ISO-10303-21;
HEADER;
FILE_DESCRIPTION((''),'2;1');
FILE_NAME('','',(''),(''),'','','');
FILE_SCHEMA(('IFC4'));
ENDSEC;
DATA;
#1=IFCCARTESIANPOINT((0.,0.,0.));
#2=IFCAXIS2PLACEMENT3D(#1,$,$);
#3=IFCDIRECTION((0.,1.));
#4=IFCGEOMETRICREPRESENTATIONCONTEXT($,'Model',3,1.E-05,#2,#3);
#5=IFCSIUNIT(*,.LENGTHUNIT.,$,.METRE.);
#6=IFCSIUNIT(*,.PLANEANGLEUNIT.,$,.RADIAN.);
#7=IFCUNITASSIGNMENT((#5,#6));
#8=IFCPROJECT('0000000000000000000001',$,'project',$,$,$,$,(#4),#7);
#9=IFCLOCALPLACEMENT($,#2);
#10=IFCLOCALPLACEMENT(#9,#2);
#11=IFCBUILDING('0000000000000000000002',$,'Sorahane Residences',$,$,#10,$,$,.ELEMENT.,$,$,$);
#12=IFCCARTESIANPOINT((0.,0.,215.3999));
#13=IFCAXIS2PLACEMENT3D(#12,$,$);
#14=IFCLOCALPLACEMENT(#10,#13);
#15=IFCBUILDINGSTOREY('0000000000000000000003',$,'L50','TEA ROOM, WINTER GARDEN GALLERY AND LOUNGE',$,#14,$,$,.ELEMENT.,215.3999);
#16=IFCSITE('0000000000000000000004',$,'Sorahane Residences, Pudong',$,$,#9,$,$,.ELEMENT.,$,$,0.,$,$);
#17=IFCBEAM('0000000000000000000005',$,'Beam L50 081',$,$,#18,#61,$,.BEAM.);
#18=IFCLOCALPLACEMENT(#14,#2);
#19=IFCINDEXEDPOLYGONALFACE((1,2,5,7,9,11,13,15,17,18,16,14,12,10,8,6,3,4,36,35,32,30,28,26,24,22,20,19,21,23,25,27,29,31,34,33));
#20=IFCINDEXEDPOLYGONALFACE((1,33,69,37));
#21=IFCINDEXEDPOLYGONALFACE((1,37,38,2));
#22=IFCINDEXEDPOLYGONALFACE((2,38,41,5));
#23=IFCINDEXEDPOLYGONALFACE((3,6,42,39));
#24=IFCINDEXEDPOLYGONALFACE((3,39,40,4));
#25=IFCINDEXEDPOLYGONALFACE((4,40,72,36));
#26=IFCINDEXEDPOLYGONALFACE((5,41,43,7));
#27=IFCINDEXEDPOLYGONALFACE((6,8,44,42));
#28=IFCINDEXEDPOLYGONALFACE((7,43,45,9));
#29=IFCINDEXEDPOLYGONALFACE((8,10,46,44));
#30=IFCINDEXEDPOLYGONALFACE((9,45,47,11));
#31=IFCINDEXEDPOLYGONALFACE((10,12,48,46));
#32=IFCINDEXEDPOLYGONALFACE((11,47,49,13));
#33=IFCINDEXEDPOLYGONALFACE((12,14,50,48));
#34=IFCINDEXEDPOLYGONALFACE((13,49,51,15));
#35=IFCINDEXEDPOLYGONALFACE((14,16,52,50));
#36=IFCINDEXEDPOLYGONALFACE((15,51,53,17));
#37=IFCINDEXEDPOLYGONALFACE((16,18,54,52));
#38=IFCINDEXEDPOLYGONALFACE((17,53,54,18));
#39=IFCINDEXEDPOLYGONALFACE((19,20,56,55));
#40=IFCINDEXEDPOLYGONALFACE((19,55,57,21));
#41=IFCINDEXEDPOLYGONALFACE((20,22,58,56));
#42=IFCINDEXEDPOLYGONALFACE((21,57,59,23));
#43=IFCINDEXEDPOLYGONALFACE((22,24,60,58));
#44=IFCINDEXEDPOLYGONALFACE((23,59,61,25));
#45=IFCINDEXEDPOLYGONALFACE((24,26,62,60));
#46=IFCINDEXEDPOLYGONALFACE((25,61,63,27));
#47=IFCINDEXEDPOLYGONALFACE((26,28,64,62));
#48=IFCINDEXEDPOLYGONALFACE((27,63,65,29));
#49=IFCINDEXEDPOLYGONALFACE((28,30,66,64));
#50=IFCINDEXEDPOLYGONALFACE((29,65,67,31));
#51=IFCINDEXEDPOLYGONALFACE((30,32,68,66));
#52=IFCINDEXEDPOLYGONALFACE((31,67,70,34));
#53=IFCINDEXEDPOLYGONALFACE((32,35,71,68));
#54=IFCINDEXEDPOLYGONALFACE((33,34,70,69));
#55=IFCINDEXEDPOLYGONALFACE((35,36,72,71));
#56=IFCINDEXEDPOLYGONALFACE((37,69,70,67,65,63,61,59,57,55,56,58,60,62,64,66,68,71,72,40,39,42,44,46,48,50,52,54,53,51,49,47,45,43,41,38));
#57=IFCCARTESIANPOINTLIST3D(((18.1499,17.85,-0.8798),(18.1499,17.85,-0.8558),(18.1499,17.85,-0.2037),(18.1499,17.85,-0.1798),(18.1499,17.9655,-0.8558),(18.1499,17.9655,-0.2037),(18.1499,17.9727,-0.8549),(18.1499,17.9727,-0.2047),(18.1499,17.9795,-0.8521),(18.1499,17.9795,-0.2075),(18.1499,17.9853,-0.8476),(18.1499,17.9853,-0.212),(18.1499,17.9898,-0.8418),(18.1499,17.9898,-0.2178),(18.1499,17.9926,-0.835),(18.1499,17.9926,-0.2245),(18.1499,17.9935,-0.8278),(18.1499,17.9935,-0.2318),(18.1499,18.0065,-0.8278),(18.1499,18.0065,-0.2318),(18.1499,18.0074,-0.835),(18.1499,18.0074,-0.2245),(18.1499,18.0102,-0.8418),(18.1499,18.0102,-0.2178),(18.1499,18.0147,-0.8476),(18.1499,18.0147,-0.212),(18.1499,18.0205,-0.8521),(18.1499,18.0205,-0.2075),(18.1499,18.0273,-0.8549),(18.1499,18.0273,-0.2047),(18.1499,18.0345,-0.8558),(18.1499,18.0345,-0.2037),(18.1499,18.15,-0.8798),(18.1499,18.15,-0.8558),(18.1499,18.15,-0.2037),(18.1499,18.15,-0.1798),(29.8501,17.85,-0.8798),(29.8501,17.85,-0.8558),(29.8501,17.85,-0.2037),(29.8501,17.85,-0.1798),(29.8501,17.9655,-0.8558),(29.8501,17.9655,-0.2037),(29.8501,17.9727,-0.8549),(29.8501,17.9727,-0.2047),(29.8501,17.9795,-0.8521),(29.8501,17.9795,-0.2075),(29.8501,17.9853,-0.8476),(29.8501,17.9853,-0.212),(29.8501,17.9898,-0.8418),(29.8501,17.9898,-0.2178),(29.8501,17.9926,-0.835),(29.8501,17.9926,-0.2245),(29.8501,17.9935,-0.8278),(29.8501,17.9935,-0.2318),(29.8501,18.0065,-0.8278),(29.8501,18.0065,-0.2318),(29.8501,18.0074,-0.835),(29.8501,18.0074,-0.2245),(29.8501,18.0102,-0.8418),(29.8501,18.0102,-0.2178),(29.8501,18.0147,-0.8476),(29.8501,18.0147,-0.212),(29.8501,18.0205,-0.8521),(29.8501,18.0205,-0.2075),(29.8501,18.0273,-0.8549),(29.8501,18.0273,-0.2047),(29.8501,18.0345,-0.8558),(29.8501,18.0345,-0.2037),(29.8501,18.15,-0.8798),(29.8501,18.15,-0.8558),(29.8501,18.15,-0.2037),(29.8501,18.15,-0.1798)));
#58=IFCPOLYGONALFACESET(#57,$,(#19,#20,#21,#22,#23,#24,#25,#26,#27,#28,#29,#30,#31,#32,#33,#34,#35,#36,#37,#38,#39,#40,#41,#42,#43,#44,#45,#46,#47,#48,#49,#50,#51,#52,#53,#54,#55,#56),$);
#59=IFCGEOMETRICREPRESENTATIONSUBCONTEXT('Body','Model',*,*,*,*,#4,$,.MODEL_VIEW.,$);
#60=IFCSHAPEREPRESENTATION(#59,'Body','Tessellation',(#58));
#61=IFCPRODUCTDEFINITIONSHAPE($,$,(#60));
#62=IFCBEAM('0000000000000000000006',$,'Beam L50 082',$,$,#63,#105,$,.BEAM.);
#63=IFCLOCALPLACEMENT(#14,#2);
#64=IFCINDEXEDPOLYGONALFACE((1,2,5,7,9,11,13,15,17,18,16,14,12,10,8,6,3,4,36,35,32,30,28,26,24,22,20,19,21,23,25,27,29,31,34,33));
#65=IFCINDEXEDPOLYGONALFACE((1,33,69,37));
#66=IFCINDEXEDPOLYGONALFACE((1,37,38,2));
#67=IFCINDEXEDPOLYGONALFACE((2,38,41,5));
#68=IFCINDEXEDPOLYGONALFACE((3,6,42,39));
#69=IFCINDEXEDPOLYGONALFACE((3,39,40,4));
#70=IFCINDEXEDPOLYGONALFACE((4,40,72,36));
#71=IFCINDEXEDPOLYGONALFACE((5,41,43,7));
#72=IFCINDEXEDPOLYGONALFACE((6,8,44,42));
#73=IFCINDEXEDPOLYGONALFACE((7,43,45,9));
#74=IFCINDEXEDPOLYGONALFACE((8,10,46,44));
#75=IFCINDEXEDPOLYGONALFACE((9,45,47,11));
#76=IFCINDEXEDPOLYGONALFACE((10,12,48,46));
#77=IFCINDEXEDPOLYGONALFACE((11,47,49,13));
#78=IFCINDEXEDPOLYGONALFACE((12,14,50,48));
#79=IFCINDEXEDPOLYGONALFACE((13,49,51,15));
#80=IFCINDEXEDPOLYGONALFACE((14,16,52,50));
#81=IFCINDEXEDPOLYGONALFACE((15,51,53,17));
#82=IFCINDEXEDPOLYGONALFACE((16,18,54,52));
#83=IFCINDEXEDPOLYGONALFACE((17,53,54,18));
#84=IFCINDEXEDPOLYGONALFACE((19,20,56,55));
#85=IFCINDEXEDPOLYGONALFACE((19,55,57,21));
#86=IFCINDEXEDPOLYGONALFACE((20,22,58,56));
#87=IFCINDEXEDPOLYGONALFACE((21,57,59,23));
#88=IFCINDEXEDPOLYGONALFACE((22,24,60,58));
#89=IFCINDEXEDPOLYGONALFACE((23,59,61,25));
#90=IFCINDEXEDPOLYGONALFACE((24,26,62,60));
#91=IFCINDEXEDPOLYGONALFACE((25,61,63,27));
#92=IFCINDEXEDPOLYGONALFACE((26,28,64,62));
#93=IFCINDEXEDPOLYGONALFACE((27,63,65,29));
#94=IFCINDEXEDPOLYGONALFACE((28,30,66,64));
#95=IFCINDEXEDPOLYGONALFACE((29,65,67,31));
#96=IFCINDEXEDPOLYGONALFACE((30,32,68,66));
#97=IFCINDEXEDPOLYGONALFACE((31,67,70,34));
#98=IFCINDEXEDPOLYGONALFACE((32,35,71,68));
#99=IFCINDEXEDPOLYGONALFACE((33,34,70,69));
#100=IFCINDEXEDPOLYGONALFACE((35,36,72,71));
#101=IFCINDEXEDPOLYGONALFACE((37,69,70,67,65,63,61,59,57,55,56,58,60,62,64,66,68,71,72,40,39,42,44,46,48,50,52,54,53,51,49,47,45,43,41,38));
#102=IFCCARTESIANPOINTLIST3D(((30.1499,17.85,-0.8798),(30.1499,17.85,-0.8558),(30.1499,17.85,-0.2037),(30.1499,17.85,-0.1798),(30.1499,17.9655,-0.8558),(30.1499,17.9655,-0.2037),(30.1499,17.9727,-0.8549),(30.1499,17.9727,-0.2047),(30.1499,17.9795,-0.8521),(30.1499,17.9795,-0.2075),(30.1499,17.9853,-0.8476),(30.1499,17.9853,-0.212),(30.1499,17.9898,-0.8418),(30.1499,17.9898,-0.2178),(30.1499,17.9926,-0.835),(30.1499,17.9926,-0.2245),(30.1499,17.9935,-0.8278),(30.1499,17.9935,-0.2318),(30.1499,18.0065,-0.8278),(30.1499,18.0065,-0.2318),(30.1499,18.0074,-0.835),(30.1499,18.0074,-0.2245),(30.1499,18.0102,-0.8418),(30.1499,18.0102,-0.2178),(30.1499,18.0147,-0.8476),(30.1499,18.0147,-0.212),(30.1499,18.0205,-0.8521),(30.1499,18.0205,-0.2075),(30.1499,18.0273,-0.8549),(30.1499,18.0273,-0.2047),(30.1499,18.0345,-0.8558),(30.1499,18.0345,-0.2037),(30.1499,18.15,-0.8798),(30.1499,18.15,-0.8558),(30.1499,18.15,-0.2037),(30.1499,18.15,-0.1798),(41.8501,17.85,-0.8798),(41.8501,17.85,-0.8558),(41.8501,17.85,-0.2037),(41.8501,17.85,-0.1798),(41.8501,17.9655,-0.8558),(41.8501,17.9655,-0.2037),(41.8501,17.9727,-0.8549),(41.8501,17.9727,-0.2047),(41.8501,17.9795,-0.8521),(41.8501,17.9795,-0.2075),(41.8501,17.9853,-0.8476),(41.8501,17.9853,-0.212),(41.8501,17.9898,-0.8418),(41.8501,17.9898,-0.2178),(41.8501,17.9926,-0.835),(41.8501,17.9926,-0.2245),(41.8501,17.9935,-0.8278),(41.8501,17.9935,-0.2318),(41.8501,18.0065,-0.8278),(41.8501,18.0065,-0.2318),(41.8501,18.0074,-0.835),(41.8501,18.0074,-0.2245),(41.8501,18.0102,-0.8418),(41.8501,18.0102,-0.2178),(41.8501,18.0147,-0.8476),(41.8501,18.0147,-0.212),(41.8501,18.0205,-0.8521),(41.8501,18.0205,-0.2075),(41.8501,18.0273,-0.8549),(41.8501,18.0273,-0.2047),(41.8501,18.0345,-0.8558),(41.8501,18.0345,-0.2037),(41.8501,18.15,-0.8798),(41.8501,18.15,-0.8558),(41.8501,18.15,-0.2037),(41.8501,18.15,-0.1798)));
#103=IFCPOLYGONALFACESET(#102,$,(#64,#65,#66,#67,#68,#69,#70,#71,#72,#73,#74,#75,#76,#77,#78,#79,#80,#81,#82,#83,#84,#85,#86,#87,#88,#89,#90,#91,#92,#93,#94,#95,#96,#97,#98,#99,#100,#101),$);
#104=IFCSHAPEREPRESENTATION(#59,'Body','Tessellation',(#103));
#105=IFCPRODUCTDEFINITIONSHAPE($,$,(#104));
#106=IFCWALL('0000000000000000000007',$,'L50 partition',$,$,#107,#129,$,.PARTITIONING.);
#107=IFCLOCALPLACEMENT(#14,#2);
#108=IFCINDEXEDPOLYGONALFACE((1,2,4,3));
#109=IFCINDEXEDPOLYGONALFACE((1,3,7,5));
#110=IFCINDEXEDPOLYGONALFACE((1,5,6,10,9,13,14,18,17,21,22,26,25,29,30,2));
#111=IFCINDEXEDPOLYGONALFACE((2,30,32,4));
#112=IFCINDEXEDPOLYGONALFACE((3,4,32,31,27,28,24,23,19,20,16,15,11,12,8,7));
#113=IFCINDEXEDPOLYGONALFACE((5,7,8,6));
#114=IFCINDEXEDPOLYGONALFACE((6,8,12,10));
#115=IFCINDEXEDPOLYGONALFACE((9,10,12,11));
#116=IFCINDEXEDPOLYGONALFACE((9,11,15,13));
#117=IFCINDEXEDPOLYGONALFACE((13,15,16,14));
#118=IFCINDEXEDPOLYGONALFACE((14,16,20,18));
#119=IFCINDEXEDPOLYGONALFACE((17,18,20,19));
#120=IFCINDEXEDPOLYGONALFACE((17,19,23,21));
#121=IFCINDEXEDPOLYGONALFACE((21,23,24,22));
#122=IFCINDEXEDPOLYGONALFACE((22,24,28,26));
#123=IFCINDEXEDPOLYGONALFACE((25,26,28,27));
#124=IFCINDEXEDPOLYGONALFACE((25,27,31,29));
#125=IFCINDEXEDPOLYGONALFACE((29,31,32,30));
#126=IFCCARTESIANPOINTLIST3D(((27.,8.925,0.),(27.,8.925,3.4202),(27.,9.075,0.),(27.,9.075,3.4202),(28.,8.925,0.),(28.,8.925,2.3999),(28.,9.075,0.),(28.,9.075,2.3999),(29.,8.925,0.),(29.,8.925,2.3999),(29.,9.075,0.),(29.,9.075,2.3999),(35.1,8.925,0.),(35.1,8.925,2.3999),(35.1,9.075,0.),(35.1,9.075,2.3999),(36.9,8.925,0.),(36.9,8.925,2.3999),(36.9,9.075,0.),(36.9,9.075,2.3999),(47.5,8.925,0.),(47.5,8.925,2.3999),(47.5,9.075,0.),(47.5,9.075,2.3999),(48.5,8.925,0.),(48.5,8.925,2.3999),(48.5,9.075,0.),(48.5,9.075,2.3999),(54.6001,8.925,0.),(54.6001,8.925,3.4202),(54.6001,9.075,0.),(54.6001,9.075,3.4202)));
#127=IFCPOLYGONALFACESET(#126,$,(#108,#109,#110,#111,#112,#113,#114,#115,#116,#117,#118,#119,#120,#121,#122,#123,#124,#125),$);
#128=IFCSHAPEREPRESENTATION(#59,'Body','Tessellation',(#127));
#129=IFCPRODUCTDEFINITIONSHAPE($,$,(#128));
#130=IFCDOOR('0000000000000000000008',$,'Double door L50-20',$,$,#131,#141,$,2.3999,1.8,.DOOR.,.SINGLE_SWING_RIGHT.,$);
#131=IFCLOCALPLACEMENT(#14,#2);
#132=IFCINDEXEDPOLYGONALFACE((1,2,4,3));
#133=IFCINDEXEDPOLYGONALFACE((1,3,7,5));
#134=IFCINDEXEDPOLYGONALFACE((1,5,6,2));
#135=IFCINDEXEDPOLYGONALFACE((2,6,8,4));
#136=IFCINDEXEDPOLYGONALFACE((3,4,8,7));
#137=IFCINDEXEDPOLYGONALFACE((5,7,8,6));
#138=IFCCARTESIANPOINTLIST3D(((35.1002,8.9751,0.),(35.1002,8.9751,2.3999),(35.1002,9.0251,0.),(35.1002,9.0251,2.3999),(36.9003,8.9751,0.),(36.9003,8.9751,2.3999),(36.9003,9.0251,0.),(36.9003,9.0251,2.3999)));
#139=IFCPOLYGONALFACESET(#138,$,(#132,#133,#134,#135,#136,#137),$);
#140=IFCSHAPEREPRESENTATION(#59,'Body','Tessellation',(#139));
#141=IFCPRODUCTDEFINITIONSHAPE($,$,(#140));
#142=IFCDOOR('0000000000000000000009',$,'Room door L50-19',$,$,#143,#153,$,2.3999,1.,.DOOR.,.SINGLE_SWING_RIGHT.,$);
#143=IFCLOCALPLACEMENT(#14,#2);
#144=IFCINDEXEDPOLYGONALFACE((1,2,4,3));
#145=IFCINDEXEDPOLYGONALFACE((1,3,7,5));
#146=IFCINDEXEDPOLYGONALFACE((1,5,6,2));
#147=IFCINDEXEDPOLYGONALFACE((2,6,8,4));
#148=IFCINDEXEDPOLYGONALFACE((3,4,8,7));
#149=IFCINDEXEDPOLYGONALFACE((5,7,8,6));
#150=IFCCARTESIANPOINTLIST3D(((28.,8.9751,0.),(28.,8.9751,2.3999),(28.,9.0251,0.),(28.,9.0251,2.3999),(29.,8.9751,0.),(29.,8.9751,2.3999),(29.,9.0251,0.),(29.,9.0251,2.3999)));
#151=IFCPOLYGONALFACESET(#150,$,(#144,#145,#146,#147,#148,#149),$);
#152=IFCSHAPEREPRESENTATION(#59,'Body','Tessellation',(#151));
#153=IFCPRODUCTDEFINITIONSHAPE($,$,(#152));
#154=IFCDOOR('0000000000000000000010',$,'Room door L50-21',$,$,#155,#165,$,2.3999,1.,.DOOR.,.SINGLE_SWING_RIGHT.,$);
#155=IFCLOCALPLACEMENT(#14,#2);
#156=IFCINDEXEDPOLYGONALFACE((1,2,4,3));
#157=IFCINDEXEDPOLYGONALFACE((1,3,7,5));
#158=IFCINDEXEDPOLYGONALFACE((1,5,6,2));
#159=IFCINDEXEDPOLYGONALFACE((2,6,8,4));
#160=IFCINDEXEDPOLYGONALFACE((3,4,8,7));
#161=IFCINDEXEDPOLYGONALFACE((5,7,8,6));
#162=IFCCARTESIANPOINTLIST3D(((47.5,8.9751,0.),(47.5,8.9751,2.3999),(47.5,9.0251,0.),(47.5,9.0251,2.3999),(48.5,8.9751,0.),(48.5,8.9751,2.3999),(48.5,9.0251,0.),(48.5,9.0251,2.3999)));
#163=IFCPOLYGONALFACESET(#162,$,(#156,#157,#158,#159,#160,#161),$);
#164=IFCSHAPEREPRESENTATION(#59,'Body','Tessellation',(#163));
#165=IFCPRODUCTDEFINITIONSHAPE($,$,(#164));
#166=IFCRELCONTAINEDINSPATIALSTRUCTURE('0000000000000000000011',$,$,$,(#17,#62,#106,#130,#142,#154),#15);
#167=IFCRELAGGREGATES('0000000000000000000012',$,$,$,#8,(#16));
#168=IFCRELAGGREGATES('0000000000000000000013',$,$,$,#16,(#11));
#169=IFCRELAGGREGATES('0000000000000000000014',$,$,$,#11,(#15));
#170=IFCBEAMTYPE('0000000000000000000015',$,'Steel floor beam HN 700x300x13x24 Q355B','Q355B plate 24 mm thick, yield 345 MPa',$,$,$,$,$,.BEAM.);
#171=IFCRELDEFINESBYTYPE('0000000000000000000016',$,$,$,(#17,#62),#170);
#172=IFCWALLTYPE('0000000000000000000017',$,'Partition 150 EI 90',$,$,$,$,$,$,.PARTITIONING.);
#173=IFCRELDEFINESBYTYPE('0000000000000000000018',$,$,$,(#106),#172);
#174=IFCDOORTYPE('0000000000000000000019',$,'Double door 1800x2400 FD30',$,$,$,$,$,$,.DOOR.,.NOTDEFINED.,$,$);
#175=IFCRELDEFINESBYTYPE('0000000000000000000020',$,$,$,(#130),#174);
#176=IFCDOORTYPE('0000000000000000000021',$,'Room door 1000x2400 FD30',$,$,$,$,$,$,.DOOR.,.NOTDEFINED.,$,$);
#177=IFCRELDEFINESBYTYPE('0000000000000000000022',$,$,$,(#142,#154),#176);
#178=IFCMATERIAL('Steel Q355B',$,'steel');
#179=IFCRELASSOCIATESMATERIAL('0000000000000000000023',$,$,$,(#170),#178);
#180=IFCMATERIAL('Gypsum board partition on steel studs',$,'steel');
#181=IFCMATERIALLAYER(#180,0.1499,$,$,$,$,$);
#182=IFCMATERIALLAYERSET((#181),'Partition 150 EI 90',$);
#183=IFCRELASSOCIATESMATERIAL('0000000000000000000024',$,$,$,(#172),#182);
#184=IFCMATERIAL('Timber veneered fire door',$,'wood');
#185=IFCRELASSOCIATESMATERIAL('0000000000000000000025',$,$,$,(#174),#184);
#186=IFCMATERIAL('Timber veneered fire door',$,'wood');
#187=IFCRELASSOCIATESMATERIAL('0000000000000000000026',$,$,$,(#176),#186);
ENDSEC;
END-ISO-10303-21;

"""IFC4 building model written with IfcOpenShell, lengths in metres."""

from ifc_helpers import new_model, si_unit, direction, frame, frame_2d, origin, origin_2d, place, context, subcontext, project, spatial, rectangle, i_section, extrude, material, layer, layer_set, material_profile, profile_set, type_object, element, fill, save


model = new_model("IFC4")

# Units and contexts
model_context = context("Model", 3, precision=1e-05, world=origin(), true_north=direction((0.0, 1.0)))
body_context = subcontext(model_context, "Body", "Model", "MODEL_VIEW")
ifc_project = project(units=[si_unit("LENGTHUNIT", "METRE"), si_unit("PLANEANGLEUNIT", "RADIAN")], contexts=[model_context])

# Site, building, storey
site_placement = place(None, origin())
site = spatial("IfcSite", under=ifc_project, at=site_placement, Name="Sorahane Residences, Pudong", CompositionType="ELEMENT", RefElevation=0.0)
building_placement = place(site_placement, origin())
building = spatial("IfcBuilding", under=site, at=building_placement, Name="Sorahane Residences", CompositionType="ELEMENT")
storey_placement = place(building_placement, frame((0.0, 0.0, 215.3999)))
storey = spatial("IfcBuildingStorey", under=building, at=storey_placement, Name="L50", Description="TEA ROOM, WINTER GARDEN GALLERY AND LOUNGE", CompositionType="ELEMENT", Elevation=215.3999)

# Beams
ifc_material_1 = material(Name="Steel Q355B", Category="steel")
ifc_material_profile_1 = material_profile(ifc_material_1, i_section(OverallWidth=0.3, OverallDepth=0.7, WebThickness=0.0129, FlangeThickness=0.0239, FilletRadius=0.0281, at=origin_2d()), Name="HN 700x300x13x24")
ifc_profile_set_1 = profile_set([ifc_material_profile_1], Name="Steel Q355B")
beam_type_1 = type_object("IfcBeamType", Name="Steel floor beam HN 700x300x13x24 Q355B", Description="Q355B plate 24 mm thick, yield 345 MPa", PredefinedType="BEAM", material=ifc_profile_set_1)
for number, where, z_axis, x_axis, name in (
    (1, (18.1499, 18.0, -0.5298), (1.0, 0.0, 0.0), (0.0, 1.0, 0.0), "Beam L50 081"),
    (2, (30.1499, 18.0, -0.5298), (1.0, 0.0, 0.0), (0.0, 1.0, 0.0), "Beam L50 082"),
):
    element("IfcBeam", number, at=place(storey_placement, frame(where, z_axis=z_axis, x_axis=x_axis)), inside=storey, type_object=beam_type_1, Name=name, PredefinedType="BEAM", context=body_context, shape_type="SweptSolid", body=[
        extrude(i_section(OverallWidth=0.3, OverallDepth=0.7, WebThickness=0.0129, FlangeThickness=0.0239, FilletRadius=0.0281, at=origin_2d()), origin(), (0.0, 0.0, 1.0), 11.7002),
    ])

# Wall, openings, doors
ifc_material_2 = material(Name="Gypsum board partition on steel studs", Category="steel")
ifc_layer_1 = layer(ifc_material_2, 0.1499)
ifc_layer_set_1 = layer_set([ifc_layer_1], Name="Partition 150 EI 90")
wall_type_1 = type_object("IfcWallType", Name="Partition 150 EI 90", PredefinedType="PARTITIONING", material=ifc_layer_set_1)
wall_1_placement = place(storey_placement, frame((27.0, 9.0, 0.0), z_axis=(0.0, 0.0, 1.0), x_axis=(1.0, 0.0, 0.0)))
wall_1 = element("IfcWall", 3, at=wall_1_placement, inside=storey, type_object=wall_type_1, Name="L50 partition", PredefinedType="PARTITIONING", context=body_context, shape_type="SweptSolid", body=[
    extrude(rectangle(XDim=27.6001, YDim=0.1499, at=frame_2d((13.8, 0.0))), origin(), (0.0, 0.0, 1.0), 3.4202),
])
opening_1_placement = place(wall_1_placement, frame((1.0, 0.0, 0.0)))
opening_1 = element("IfcOpeningElement", 4, at=opening_1_placement, cuts=wall_1, PredefinedType="OPENING", context=body_context, shape_type="SweptSolid", body=[
    extrude(rectangle(XDim=1.0, YDim=2.3999, at=frame_2d((0.5, 1.2))), frame((0.0, 0.085, 0.0), z_axis=(0.0, -1.0, 0.0), x_axis=(1.0, 0.0, 0.0)), (0.0, 0.0, 1.0), 0.1699),
])
opening_2_placement = place(wall_1_placement, frame((8.1001, 0.0, 0.0)))
opening_2 = element("IfcOpeningElement", 5, at=opening_2_placement, cuts=wall_1, PredefinedType="OPENING", context=body_context, shape_type="SweptSolid", body=[
    extrude(rectangle(XDim=1.8, YDim=2.3999, at=frame_2d((0.8999, 1.2))), frame((0.0, 0.085, 0.0), z_axis=(0.0, -1.0, 0.0), x_axis=(1.0, 0.0, 0.0)), (0.0, 0.0, 1.0), 0.1699),
])
opening_3_placement = place(wall_1_placement, frame((20.5, 0.0, 0.0)))
opening_3 = element("IfcOpeningElement", 6, at=opening_3_placement, cuts=wall_1, PredefinedType="OPENING", context=body_context, shape_type="SweptSolid", body=[
    extrude(rectangle(XDim=1.0, YDim=2.3999, at=frame_2d((0.5, 1.2))), frame((0.0, 0.085, 0.0), z_axis=(0.0, -1.0, 0.0), x_axis=(1.0, 0.0, 0.0)), (0.0, 0.0, 1.0), 0.1699),
])
ifc_material_3 = material(Name="Timber veneered fire door", Category="wood")
door_type_1 = type_object("IfcDoorType", Name="Double door 1800x2400 FD30", OperationType="NOTDEFINED", PredefinedType="DOOR", material=ifc_material_3)
door_1_placement = place(opening_2_placement, frame((1.8, 0.0, 0.0), z_axis=(0.0, 0.0, 1.0), x_axis=(-1.0, 0.0, 0.0)))
door_1 = element("IfcDoor", 7, at=door_1_placement, inside=storey, type_object=door_type_1, Name="Double door L50-20", OperationType="SINGLE_SWING_RIGHT", OverallHeight=2.3999, OverallWidth=1.8, PredefinedType="DOOR", context=body_context, shape_type="SweptSolid", body=[
    extrude(rectangle(XDim=1.8, YDim=2.3999, at=frame_2d((0.8999, 1.2))), frame((0.0, 0.0249, 0.0), z_axis=(0.0, -1.0, 0.0), x_axis=(1.0, 0.0, 0.0)), (0.0, 0.0, 1.0), 0.05),
])
fill(opening_2, door_1)
ifc_material_4 = material(Name="Timber veneered fire door", Category="wood")
door_type_2 = type_object("IfcDoorType", Name="Room door 1000x2400 FD30", OperationType="NOTDEFINED", PredefinedType="DOOR", material=ifc_material_4)
door_2_placement = place(opening_1_placement, frame((1.0, 0.0, 0.0), z_axis=(0.0, 0.0, 1.0), x_axis=(-1.0, 0.0, 0.0)))
door_2 = element("IfcDoor", 8, at=door_2_placement, inside=storey, type_object=door_type_2, Name="Room door L50-19", OperationType="SINGLE_SWING_RIGHT", OverallHeight=2.3999, OverallWidth=1.0, PredefinedType="DOOR", context=body_context, shape_type="SweptSolid", body=[
    extrude(rectangle(XDim=1.0, YDim=2.3999, at=frame_2d((0.5, 1.2))), frame((0.0, 0.0249, 0.0), z_axis=(0.0, -1.0, 0.0), x_axis=(1.0, 0.0, 0.0)), (0.0, 0.0, 1.0), 0.05),
])
fill(opening_1, door_2)
door_3_placement = place(opening_3_placement, frame((1.0, 0.0, 0.0), z_axis=(0.0, 0.0, 1.0), x_axis=(-1.0, 0.0, 0.0)))
door_3 = element("IfcDoor", 9, at=door_3_placement, inside=storey, type_object=door_type_2, Name="Room door L50-21", OperationType="SINGLE_SWING_RIGHT", OverallHeight=2.3999, OverallWidth=1.0, PredefinedType="DOOR", context=body_context, shape_type="SweptSolid", body=[
    extrude(rectangle(XDim=1.0, YDim=2.3999, at=frame_2d((0.5, 1.2))), frame((0.0, 0.0249, 0.0), z_axis=(0.0, -1.0, 0.0), x_axis=(1.0, 0.0, 0.0)), (0.0, 0.0, 1.0), 0.05),
])
fill(opening_3, door_3)

save(model, "model.ifc")
